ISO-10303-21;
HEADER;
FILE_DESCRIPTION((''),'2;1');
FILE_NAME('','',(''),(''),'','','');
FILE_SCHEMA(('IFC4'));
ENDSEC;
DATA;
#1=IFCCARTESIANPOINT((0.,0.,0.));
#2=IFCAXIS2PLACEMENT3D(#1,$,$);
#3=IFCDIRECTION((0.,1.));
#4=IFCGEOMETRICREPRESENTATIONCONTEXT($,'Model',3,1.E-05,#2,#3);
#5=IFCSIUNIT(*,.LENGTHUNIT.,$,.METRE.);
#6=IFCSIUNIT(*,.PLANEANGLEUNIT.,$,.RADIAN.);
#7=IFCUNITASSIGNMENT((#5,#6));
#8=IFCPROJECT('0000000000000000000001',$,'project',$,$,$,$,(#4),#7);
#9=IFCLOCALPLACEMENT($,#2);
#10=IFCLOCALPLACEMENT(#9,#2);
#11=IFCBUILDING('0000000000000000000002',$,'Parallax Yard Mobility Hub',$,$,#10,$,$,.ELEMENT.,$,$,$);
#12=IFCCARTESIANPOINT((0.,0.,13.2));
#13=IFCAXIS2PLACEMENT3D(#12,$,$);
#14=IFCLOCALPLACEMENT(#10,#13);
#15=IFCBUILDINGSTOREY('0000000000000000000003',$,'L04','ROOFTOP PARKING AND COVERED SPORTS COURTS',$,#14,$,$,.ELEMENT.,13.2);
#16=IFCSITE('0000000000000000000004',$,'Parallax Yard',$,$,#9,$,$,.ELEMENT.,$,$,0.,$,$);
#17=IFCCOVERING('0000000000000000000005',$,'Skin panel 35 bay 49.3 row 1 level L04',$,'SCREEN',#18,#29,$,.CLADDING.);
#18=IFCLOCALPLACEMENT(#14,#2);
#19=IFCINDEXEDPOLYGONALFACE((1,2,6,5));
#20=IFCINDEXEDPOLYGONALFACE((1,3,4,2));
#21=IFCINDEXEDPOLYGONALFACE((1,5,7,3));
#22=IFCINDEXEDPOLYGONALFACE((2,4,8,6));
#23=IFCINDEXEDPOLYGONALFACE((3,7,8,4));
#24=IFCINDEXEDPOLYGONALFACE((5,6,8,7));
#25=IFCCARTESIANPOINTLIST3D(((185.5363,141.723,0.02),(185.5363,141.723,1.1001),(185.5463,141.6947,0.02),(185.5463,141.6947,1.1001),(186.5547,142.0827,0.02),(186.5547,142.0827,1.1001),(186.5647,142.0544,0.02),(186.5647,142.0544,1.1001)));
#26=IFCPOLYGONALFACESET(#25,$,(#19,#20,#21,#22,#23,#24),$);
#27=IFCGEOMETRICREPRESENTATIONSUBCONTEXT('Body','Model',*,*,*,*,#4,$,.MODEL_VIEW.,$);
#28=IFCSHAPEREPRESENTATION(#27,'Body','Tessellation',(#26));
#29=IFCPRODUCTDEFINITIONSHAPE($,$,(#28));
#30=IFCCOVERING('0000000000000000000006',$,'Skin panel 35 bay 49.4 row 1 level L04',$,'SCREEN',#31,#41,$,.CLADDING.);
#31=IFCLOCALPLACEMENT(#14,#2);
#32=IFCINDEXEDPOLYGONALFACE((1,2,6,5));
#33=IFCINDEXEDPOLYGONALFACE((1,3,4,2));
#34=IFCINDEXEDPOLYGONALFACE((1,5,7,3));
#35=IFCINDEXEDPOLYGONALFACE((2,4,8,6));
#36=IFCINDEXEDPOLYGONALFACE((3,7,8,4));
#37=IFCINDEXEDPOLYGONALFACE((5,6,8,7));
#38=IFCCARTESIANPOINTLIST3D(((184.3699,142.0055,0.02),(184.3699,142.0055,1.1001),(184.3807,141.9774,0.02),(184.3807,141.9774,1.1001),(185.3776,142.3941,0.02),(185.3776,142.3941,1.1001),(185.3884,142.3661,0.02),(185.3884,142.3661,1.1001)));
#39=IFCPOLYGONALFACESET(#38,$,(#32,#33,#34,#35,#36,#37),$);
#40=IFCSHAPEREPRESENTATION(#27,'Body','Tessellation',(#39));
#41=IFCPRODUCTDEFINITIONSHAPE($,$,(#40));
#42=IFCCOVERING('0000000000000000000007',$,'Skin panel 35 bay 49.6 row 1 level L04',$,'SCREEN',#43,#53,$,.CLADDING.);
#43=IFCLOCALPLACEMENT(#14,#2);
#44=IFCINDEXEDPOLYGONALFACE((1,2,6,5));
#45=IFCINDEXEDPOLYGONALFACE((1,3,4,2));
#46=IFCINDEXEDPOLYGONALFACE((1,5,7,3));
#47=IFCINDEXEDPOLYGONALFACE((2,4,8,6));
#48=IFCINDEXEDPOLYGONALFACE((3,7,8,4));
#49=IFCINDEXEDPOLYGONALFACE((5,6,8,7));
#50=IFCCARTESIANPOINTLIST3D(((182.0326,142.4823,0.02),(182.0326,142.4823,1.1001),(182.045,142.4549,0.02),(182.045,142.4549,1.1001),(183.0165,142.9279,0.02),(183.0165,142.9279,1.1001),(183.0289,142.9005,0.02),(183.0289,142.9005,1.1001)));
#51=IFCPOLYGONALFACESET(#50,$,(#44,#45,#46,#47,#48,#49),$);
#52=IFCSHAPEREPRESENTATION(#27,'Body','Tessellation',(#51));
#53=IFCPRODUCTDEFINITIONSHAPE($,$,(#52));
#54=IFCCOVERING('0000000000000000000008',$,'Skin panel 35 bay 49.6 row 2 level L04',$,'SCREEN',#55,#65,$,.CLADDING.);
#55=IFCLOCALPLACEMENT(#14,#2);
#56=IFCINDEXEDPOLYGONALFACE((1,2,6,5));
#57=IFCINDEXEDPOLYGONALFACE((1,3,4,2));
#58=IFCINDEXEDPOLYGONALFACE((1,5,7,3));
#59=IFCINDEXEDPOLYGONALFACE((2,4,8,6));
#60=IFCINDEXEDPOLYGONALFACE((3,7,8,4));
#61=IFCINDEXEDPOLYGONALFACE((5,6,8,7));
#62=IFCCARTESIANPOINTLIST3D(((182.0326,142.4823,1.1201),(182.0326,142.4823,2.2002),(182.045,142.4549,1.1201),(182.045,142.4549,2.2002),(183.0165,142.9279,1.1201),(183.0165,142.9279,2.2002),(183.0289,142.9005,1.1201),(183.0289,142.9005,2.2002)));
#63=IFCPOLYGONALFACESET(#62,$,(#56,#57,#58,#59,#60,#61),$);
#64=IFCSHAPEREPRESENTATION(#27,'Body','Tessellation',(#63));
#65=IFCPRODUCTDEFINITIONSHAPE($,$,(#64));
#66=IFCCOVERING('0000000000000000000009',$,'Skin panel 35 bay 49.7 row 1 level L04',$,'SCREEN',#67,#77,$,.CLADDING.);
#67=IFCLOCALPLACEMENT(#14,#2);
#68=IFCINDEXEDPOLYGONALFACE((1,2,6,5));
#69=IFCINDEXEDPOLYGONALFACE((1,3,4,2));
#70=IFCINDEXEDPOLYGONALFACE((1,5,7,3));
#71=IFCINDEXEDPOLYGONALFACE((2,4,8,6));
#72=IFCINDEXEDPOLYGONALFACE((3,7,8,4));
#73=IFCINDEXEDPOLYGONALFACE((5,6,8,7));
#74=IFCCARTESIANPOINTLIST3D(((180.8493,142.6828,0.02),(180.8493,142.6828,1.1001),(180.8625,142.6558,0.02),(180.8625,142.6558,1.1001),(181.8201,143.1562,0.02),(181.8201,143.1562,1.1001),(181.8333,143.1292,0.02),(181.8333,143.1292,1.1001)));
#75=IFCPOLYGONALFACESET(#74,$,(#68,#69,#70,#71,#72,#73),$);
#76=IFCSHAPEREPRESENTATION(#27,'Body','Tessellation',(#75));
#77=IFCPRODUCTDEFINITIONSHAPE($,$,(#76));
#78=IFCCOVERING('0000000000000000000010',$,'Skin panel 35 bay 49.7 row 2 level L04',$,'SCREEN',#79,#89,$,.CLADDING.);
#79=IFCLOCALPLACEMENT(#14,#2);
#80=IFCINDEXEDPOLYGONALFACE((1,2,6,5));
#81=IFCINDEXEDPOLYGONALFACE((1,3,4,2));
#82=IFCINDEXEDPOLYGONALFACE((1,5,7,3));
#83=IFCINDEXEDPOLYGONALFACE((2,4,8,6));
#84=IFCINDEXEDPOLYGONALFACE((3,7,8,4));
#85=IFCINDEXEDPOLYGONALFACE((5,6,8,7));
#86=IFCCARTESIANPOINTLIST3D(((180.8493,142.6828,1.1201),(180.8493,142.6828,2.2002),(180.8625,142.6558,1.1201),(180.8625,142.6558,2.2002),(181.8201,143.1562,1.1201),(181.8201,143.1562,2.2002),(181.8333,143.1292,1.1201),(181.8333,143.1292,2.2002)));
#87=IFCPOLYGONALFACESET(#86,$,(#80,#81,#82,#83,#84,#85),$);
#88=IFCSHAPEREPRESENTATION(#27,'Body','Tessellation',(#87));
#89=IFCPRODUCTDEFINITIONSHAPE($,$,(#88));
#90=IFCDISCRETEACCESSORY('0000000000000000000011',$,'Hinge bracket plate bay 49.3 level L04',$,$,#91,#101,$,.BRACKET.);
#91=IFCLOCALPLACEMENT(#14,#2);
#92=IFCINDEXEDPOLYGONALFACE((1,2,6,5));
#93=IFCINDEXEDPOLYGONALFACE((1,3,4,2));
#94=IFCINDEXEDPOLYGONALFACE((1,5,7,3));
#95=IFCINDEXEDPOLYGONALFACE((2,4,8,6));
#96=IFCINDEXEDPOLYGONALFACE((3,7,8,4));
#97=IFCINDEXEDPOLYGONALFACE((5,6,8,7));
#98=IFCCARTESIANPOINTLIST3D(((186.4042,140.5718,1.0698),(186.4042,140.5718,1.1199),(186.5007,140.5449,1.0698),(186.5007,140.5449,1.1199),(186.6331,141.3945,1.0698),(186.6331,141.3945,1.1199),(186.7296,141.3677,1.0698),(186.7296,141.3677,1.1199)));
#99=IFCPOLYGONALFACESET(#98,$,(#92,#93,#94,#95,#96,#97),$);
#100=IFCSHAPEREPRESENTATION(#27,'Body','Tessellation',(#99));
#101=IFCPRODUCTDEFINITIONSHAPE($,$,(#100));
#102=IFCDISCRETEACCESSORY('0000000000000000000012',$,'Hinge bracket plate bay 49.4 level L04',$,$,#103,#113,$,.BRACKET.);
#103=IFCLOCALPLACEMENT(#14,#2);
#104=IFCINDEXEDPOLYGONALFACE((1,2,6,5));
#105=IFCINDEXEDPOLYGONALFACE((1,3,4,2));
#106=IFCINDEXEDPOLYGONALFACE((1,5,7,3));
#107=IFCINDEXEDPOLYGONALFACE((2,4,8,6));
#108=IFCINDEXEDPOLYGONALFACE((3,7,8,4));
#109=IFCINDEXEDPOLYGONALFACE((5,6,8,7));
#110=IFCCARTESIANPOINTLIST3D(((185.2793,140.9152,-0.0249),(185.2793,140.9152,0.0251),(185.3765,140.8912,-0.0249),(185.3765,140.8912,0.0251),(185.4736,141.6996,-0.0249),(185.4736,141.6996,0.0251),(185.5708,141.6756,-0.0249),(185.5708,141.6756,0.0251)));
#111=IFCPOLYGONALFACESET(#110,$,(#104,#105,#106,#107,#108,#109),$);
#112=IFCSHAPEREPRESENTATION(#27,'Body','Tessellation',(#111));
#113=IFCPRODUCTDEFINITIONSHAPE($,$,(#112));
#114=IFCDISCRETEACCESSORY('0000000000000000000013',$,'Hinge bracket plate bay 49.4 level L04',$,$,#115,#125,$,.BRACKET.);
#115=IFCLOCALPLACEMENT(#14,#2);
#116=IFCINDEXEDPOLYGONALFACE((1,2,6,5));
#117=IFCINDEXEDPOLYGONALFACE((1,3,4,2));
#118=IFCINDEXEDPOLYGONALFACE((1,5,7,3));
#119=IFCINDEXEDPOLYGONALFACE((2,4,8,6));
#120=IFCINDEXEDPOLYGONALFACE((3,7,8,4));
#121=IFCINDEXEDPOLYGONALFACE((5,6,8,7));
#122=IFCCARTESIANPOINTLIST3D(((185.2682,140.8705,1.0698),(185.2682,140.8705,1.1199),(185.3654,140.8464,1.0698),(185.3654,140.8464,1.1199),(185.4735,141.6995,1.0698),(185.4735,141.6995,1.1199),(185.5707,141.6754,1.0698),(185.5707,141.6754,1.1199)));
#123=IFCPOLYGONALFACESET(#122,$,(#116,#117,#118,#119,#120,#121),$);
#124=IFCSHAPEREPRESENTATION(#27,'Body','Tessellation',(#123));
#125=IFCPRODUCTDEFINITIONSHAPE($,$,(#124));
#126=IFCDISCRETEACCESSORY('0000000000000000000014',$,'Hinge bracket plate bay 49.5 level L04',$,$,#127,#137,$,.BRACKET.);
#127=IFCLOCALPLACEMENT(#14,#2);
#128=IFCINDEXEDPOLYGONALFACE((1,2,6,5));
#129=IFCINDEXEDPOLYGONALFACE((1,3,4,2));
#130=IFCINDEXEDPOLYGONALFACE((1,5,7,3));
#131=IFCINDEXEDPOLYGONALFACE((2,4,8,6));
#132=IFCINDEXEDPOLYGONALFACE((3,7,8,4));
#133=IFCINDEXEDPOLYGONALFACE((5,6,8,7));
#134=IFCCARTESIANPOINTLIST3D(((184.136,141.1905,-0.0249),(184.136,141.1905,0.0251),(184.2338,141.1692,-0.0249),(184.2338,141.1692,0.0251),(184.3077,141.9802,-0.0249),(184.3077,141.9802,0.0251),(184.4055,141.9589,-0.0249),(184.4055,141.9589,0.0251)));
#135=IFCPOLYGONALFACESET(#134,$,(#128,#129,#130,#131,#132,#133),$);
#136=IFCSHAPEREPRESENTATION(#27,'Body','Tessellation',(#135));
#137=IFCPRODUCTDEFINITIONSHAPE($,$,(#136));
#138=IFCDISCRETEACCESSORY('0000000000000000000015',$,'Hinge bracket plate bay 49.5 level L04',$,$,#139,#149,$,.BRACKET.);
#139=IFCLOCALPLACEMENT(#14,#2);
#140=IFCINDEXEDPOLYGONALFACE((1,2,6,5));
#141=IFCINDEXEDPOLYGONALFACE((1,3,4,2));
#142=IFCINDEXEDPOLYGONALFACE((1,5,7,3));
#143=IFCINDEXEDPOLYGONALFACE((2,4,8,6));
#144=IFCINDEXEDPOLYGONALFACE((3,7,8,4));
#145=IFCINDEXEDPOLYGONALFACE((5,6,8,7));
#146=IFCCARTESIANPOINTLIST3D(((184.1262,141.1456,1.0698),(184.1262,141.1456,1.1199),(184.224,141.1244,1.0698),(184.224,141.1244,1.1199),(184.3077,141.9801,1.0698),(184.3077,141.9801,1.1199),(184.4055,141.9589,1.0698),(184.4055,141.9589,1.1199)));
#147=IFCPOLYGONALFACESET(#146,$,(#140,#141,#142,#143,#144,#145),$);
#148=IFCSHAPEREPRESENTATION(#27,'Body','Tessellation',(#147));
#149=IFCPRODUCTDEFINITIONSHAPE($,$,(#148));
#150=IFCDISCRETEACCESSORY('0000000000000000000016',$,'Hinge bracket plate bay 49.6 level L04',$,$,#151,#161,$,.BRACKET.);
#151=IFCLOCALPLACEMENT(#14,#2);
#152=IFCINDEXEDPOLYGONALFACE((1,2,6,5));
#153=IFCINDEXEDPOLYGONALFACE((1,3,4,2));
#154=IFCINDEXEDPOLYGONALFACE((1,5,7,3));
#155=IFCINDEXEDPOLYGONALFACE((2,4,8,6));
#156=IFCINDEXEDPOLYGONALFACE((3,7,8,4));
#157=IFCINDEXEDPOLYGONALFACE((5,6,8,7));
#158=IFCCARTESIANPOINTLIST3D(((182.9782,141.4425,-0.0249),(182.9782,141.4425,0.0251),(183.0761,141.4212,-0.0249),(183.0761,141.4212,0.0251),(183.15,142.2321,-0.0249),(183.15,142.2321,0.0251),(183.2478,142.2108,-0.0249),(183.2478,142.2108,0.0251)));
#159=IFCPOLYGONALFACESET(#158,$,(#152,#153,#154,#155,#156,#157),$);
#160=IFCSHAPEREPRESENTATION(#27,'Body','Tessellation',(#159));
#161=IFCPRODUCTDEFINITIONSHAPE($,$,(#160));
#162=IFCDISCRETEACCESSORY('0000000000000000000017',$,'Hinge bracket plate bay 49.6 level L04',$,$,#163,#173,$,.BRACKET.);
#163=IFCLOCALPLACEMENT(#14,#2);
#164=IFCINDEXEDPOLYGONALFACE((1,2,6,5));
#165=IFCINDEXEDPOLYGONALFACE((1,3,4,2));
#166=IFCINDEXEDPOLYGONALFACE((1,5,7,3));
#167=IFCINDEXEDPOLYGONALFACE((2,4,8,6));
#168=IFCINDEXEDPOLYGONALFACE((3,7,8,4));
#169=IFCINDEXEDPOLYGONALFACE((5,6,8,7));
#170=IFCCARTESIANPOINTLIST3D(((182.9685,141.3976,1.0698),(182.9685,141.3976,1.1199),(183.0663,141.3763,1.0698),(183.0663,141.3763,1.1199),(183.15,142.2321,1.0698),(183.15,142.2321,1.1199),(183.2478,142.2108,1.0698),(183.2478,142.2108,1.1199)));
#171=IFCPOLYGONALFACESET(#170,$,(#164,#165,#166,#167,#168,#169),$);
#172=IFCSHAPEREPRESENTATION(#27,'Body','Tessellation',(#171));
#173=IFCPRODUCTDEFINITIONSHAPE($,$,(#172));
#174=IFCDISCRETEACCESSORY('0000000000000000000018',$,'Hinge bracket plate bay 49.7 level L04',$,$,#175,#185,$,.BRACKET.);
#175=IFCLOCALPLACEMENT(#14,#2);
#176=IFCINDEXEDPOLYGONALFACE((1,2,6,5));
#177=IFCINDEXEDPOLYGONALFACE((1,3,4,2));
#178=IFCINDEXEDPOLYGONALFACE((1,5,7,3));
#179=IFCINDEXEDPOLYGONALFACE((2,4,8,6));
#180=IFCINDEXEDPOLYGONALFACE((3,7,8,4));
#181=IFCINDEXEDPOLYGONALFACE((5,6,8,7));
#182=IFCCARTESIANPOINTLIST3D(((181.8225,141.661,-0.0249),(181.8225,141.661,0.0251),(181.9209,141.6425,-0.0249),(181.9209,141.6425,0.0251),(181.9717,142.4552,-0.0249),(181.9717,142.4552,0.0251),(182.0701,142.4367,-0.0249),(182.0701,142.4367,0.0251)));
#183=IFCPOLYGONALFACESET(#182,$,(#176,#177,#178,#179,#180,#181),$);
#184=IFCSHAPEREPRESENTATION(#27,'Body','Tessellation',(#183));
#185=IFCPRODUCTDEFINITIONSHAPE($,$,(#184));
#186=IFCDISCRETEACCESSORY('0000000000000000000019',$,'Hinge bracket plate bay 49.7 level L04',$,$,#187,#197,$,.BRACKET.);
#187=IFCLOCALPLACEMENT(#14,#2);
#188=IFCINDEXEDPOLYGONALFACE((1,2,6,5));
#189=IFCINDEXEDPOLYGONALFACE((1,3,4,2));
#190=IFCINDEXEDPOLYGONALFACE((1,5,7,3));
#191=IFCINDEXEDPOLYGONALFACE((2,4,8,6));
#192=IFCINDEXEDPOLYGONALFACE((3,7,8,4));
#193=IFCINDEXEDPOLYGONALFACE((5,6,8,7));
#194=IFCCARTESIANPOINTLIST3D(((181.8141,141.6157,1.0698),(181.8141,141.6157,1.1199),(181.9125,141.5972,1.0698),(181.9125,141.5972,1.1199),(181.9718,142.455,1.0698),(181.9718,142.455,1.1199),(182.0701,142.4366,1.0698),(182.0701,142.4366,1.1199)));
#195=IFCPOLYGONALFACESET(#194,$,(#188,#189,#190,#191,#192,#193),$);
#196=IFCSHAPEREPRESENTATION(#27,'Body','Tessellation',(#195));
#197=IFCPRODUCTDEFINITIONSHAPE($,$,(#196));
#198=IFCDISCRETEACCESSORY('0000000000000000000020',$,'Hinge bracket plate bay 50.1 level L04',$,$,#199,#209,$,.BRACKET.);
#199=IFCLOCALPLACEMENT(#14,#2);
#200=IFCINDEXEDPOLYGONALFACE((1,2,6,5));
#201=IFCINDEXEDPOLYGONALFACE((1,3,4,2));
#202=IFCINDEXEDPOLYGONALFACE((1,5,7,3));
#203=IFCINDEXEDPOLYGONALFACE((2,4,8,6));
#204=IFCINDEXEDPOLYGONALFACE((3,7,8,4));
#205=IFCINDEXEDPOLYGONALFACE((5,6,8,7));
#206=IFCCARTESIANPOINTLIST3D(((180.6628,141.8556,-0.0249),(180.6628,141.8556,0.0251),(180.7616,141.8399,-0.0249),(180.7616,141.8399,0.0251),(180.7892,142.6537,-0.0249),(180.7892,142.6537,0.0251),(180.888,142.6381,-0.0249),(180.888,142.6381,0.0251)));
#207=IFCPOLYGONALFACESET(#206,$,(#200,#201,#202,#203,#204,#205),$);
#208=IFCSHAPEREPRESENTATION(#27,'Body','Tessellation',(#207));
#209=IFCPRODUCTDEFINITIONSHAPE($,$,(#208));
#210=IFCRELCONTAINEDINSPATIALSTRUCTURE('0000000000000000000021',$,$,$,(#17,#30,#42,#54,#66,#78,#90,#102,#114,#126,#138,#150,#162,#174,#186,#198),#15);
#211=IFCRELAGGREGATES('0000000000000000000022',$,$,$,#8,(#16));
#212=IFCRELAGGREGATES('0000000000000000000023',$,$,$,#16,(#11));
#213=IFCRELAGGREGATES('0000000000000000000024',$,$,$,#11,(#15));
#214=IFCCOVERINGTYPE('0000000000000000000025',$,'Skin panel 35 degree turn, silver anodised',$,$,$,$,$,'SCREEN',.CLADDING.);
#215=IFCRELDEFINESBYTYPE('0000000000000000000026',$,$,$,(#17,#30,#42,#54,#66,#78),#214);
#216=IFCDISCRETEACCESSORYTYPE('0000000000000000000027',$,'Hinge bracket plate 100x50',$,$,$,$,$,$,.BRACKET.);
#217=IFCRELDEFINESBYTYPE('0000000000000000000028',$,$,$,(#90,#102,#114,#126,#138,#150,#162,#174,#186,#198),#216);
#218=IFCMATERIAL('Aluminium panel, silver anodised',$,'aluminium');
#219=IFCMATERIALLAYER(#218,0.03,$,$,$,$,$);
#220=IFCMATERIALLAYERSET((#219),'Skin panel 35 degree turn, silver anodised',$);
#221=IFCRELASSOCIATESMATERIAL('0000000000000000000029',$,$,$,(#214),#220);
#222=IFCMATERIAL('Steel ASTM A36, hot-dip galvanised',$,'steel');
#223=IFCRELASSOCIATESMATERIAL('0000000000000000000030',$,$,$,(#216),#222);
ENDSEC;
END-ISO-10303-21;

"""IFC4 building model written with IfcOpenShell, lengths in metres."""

from ifc_helpers import new_model, si_unit, direction, frame, origin, origin_2d, place, context, subcontext, project, spatial, rectangle, extrude, material, layer, layer_set, type_object, element, save


model = new_model("IFC4")

# Units and contexts
model_context = context("Model", 3, precision=1e-05, world=origin(), true_north=direction((0.0, 1.0)))
body_context = subcontext(model_context, "Body", "Model", "MODEL_VIEW")
ifc_project = project(units=[si_unit("LENGTHUNIT", "METRE"), si_unit("PLANEANGLEUNIT", "RADIAN")], contexts=[model_context])

# Site, building, storey
site_placement = place(None, origin())
site = spatial("IfcSite", under=ifc_project, at=site_placement, Name="Parallax Yard", CompositionType="ELEMENT", RefElevation=0.0)
building_placement = place(site_placement, origin())
building = spatial("IfcBuilding", under=site, at=building_placement, Name="Parallax Yard Mobility Hub", CompositionType="ELEMENT")
storey_placement = place(building_placement, frame((0.0, 0.0, 13.2)))
storey = spatial("IfcBuildingStorey", under=building, at=storey_placement, Name="L04", Description="ROOFTOP PARKING AND COVERED SPORTS COURTS", CompositionType="ELEMENT", Elevation=13.2)

# Coverings
ifc_material_1 = material(Name="Aluminium panel, silver anodised", Category="aluminium")
ifc_layer_1 = layer(ifc_material_1, 0.03)
ifc_layer_set_1 = layer_set([ifc_layer_1], Name="Skin panel 35 degree turn, silver anodised")
covering_type_1 = type_object("IfcCoveringType", Name="Skin panel 35 degree turn, silver anodised", ElementType="SCREEN", PredefinedType="CLADDING", material=ifc_layer_set_1)
for number, where, z_axis, x_axis, name in (
    (1, (186.0505, 141.8887, 0.02), (0.0, 0.0, 1.0), (0.942906, 0.333058, 0.0), "Skin panel 35 bay 49.3 row 1 level L04"),
    (2, (184.8792, 142.1858, 0.02), (0.0, 0.0, 1.0), (0.933011, 0.359849, 0.0), "Skin panel 35 bay 49.4 row 1 level L04"),
    (3, (182.5308, 142.6914, 0.02), (0.0, 0.0, 1.0), (0.910946, 0.412526, 0.0), "Skin panel 35 bay 49.6 row 1 level L04"),
    (4, (182.5308, 142.6914, 1.1201), (0.0, 0.0, 1.0), (0.910946, 0.412526, 0.0), "Skin panel 35 bay 49.6 row 2 level L04"),
    (5, (181.3413, 142.906, 0.02), (0.0, 0.0, 1.0), (0.898794, 0.438371, 0.0), "Skin panel 35 bay 49.7 row 1 level L04"),
    (6, (181.3413, 142.906, 1.1201), (0.0, 0.0, 1.0), (0.898794, 0.438371, 0.0), "Skin panel 35 bay 49.7 row 2 level L04"),
):
    element("IfcCovering", number, at=place(storey_placement, frame(where, z_axis=z_axis, x_axis=x_axis)), inside=storey, type_object=covering_type_1, Name=name, ObjectType="SCREEN", PredefinedType="CLADDING", context=body_context, shape_type="SweptSolid", body=[
        extrude(rectangle(XDim=1.0801, YDim=0.03, at=origin_2d()), origin(), (0.0, 0.0, 1.0), 1.0801),
    ])

# Discrete accessories
ifc_material_2 = material(Name="Steel ASTM A36, hot-dip galvanised", Category="steel")
discrete_accessory_type_1 = type_object("IfcDiscreteAccessoryType", Name="Hinge bracket plate 100x50", PredefinedType="BRACKET", material=ifc_material_2)
discrete_accessory_1_placement = place(storey_placement, frame((186.5669, 140.9697, 1.0698), z_axis=(0.0, 0.0, 1.0), x_axis=(0.268004, 0.963418, 0.0)))
element("IfcDiscreteAccessory", 7, at=discrete_accessory_1_placement, inside=storey, type_object=discrete_accessory_type_1, Name="Hinge bracket plate bay 49.3 level L04", PredefinedType="BRACKET", context=body_context, shape_type="SweptSolid", body=[
    extrude(rectangle(XDim=0.854, YDim=0.1001, at=origin_2d()), origin(), (0.0, 0.0, 1.0), 0.05),
])
discrete_accessory_2_placement = place(storey_placement, frame((185.425, 141.2954, -0.0249), z_axis=(0.0, 0.0, 1.0), x_axis=(0.240382, 0.970678, 0.0)))
element("IfcDiscreteAccessory", 8, at=discrete_accessory_2_placement, inside=storey, type_object=discrete_accessory_type_1, Name="Hinge bracket plate bay 49.4 level L04", PredefinedType="BRACKET", context=body_context, shape_type="SweptSolid", body=[
    extrude(rectangle(XDim=0.8081, YDim=0.1001, at=origin_2d()), origin(), (0.0, 0.0, 1.0), 0.05),
])
discrete_accessory_3_placement = place(storey_placement, frame((185.4194, 141.2729, 1.0698), z_axis=(0.0, 0.0, 1.0), x_axis=(0.240382, 0.970678, 0.0)))
element("IfcDiscreteAccessory", 9, at=discrete_accessory_3_placement, inside=storey, type_object=discrete_accessory_type_1, Name="Hinge bracket plate bay 49.4 level L04", PredefinedType="BRACKET", context=body_context, shape_type="SweptSolid", body=[
    extrude(rectangle(XDim=0.854, YDim=0.1001, at=origin_2d()), origin(), (0.0, 0.0, 1.0), 0.05),
])
discrete_accessory_4_placement = place(storey_placement, frame((184.2708, 141.5747, -0.0249), z_axis=(0.0, 0.0, 1.0), x_axis=(0.212565, 0.977147, 0.0)))
element("IfcDiscreteAccessory", 10, at=discrete_accessory_4_placement, inside=storey, type_object=discrete_accessory_type_1, Name="Hinge bracket plate bay 49.5 level L04", PredefinedType="BRACKET", context=body_context, shape_type="SweptSolid", body=[
    extrude(rectangle(XDim=0.8081, YDim=0.1001, at=origin_2d()), origin(), (0.0, 0.0, 1.0), 0.05),
])
discrete_accessory_5_placement = place(storey_placement, frame((184.2659, 141.5522, 1.0698), z_axis=(0.0, 0.0, 1.0), x_axis=(0.212565, 0.977147, 0.0)))
element("IfcDiscreteAccessory", 11, at=discrete_accessory_5_placement, inside=storey, type_object=discrete_accessory_type_1, Name="Hinge bracket plate bay 49.5 level L04", PredefinedType="BRACKET", context=body_context, shape_type="SweptSolid", body=[
    extrude(rectangle(XDim=0.854, YDim=0.1001, at=origin_2d()), origin(), (0.0, 0.0, 1.0), 0.05),
])
discrete_accessory_6_placement = place(storey_placement, frame((183.113, 141.8267, -0.0249), z_axis=(0.0, 0.0, 1.0), x_axis=(0.212565, 0.977147, 0.0)))
element("IfcDiscreteAccessory", 12, at=discrete_accessory_6_placement, inside=storey, type_object=discrete_accessory_type_1, Name="Hinge bracket plate bay 49.6 level L04", PredefinedType="BRACKET", context=body_context, shape_type="SweptSolid", body=[
    extrude(rectangle(XDim=0.8081, YDim=0.1001, at=origin_2d()), origin(), (0.0, 0.0, 1.0), 0.05),
])
discrete_accessory_7_placement = place(storey_placement, frame((183.1082, 141.8042, 1.0698), z_axis=(0.0, 0.0, 1.0), x_axis=(0.212565, 0.977147, 0.0)))
element("IfcDiscreteAccessory", 13, at=discrete_accessory_7_placement, inside=storey, type_object=discrete_accessory_type_1, Name="Hinge bracket plate bay 49.6 level L04", PredefinedType="BRACKET", context=body_context, shape_type="SweptSolid", body=[
    extrude(rectangle(XDim=0.854, YDim=0.1001, at=origin_2d()), origin(), (0.0, 0.0, 1.0), 0.05),
])
discrete_accessory_8_placement = place(storey_placement, frame((181.9463, 142.0488, -0.0249), z_axis=(0.0, 0.0, 1.0), x_axis=(0.184576, 0.982818, 0.0)))
element("IfcDiscreteAccessory", 14, at=discrete_accessory_8_placement, inside=storey, type_object=discrete_accessory_type_1, Name="Hinge bracket plate bay 49.7 level L04", PredefinedType="BRACKET", context=body_context, shape_type="SweptSolid", body=[
    extrude(rectangle(XDim=0.8081, YDim=0.1001, at=origin_2d()), origin(), (0.0, 0.0, 1.0), 0.05),
])
discrete_accessory_9_placement = place(storey_placement, frame((181.9421, 142.0261, 1.0698), z_axis=(0.0, 0.0, 1.0), x_axis=(0.184576, 0.982818, 0.0)))
element("IfcDiscreteAccessory", 15, at=discrete_accessory_9_placement, inside=storey, type_object=discrete_accessory_type_1, Name="Hinge bracket plate bay 49.7 level L04", PredefinedType="BRACKET", context=body_context, shape_type="SweptSolid", body=[
    extrude(rectangle(XDim=0.854, YDim=0.1001, at=origin_2d()), origin(), (0.0, 0.0, 1.0), 0.05),
])
discrete_accessory_10_placement = place(storey_placement, frame((180.7754, 142.2468, -0.0249), z_axis=(0.0, 0.0, 1.0), x_axis=(0.156434, 0.987688, 0.0)))
element("IfcDiscreteAccessory", 16, at=discrete_accessory_10_placement, inside=storey, type_object=discrete_accessory_type_1, Name="Hinge bracket plate bay 50.1 level L04", PredefinedType="BRACKET", context=body_context, shape_type="SweptSolid", body=[
    extrude(rectangle(XDim=0.8081, YDim=0.1001, at=origin_2d()), origin(), (0.0, 0.0, 1.0), 0.05),
])

save(model, "model.ifc")
